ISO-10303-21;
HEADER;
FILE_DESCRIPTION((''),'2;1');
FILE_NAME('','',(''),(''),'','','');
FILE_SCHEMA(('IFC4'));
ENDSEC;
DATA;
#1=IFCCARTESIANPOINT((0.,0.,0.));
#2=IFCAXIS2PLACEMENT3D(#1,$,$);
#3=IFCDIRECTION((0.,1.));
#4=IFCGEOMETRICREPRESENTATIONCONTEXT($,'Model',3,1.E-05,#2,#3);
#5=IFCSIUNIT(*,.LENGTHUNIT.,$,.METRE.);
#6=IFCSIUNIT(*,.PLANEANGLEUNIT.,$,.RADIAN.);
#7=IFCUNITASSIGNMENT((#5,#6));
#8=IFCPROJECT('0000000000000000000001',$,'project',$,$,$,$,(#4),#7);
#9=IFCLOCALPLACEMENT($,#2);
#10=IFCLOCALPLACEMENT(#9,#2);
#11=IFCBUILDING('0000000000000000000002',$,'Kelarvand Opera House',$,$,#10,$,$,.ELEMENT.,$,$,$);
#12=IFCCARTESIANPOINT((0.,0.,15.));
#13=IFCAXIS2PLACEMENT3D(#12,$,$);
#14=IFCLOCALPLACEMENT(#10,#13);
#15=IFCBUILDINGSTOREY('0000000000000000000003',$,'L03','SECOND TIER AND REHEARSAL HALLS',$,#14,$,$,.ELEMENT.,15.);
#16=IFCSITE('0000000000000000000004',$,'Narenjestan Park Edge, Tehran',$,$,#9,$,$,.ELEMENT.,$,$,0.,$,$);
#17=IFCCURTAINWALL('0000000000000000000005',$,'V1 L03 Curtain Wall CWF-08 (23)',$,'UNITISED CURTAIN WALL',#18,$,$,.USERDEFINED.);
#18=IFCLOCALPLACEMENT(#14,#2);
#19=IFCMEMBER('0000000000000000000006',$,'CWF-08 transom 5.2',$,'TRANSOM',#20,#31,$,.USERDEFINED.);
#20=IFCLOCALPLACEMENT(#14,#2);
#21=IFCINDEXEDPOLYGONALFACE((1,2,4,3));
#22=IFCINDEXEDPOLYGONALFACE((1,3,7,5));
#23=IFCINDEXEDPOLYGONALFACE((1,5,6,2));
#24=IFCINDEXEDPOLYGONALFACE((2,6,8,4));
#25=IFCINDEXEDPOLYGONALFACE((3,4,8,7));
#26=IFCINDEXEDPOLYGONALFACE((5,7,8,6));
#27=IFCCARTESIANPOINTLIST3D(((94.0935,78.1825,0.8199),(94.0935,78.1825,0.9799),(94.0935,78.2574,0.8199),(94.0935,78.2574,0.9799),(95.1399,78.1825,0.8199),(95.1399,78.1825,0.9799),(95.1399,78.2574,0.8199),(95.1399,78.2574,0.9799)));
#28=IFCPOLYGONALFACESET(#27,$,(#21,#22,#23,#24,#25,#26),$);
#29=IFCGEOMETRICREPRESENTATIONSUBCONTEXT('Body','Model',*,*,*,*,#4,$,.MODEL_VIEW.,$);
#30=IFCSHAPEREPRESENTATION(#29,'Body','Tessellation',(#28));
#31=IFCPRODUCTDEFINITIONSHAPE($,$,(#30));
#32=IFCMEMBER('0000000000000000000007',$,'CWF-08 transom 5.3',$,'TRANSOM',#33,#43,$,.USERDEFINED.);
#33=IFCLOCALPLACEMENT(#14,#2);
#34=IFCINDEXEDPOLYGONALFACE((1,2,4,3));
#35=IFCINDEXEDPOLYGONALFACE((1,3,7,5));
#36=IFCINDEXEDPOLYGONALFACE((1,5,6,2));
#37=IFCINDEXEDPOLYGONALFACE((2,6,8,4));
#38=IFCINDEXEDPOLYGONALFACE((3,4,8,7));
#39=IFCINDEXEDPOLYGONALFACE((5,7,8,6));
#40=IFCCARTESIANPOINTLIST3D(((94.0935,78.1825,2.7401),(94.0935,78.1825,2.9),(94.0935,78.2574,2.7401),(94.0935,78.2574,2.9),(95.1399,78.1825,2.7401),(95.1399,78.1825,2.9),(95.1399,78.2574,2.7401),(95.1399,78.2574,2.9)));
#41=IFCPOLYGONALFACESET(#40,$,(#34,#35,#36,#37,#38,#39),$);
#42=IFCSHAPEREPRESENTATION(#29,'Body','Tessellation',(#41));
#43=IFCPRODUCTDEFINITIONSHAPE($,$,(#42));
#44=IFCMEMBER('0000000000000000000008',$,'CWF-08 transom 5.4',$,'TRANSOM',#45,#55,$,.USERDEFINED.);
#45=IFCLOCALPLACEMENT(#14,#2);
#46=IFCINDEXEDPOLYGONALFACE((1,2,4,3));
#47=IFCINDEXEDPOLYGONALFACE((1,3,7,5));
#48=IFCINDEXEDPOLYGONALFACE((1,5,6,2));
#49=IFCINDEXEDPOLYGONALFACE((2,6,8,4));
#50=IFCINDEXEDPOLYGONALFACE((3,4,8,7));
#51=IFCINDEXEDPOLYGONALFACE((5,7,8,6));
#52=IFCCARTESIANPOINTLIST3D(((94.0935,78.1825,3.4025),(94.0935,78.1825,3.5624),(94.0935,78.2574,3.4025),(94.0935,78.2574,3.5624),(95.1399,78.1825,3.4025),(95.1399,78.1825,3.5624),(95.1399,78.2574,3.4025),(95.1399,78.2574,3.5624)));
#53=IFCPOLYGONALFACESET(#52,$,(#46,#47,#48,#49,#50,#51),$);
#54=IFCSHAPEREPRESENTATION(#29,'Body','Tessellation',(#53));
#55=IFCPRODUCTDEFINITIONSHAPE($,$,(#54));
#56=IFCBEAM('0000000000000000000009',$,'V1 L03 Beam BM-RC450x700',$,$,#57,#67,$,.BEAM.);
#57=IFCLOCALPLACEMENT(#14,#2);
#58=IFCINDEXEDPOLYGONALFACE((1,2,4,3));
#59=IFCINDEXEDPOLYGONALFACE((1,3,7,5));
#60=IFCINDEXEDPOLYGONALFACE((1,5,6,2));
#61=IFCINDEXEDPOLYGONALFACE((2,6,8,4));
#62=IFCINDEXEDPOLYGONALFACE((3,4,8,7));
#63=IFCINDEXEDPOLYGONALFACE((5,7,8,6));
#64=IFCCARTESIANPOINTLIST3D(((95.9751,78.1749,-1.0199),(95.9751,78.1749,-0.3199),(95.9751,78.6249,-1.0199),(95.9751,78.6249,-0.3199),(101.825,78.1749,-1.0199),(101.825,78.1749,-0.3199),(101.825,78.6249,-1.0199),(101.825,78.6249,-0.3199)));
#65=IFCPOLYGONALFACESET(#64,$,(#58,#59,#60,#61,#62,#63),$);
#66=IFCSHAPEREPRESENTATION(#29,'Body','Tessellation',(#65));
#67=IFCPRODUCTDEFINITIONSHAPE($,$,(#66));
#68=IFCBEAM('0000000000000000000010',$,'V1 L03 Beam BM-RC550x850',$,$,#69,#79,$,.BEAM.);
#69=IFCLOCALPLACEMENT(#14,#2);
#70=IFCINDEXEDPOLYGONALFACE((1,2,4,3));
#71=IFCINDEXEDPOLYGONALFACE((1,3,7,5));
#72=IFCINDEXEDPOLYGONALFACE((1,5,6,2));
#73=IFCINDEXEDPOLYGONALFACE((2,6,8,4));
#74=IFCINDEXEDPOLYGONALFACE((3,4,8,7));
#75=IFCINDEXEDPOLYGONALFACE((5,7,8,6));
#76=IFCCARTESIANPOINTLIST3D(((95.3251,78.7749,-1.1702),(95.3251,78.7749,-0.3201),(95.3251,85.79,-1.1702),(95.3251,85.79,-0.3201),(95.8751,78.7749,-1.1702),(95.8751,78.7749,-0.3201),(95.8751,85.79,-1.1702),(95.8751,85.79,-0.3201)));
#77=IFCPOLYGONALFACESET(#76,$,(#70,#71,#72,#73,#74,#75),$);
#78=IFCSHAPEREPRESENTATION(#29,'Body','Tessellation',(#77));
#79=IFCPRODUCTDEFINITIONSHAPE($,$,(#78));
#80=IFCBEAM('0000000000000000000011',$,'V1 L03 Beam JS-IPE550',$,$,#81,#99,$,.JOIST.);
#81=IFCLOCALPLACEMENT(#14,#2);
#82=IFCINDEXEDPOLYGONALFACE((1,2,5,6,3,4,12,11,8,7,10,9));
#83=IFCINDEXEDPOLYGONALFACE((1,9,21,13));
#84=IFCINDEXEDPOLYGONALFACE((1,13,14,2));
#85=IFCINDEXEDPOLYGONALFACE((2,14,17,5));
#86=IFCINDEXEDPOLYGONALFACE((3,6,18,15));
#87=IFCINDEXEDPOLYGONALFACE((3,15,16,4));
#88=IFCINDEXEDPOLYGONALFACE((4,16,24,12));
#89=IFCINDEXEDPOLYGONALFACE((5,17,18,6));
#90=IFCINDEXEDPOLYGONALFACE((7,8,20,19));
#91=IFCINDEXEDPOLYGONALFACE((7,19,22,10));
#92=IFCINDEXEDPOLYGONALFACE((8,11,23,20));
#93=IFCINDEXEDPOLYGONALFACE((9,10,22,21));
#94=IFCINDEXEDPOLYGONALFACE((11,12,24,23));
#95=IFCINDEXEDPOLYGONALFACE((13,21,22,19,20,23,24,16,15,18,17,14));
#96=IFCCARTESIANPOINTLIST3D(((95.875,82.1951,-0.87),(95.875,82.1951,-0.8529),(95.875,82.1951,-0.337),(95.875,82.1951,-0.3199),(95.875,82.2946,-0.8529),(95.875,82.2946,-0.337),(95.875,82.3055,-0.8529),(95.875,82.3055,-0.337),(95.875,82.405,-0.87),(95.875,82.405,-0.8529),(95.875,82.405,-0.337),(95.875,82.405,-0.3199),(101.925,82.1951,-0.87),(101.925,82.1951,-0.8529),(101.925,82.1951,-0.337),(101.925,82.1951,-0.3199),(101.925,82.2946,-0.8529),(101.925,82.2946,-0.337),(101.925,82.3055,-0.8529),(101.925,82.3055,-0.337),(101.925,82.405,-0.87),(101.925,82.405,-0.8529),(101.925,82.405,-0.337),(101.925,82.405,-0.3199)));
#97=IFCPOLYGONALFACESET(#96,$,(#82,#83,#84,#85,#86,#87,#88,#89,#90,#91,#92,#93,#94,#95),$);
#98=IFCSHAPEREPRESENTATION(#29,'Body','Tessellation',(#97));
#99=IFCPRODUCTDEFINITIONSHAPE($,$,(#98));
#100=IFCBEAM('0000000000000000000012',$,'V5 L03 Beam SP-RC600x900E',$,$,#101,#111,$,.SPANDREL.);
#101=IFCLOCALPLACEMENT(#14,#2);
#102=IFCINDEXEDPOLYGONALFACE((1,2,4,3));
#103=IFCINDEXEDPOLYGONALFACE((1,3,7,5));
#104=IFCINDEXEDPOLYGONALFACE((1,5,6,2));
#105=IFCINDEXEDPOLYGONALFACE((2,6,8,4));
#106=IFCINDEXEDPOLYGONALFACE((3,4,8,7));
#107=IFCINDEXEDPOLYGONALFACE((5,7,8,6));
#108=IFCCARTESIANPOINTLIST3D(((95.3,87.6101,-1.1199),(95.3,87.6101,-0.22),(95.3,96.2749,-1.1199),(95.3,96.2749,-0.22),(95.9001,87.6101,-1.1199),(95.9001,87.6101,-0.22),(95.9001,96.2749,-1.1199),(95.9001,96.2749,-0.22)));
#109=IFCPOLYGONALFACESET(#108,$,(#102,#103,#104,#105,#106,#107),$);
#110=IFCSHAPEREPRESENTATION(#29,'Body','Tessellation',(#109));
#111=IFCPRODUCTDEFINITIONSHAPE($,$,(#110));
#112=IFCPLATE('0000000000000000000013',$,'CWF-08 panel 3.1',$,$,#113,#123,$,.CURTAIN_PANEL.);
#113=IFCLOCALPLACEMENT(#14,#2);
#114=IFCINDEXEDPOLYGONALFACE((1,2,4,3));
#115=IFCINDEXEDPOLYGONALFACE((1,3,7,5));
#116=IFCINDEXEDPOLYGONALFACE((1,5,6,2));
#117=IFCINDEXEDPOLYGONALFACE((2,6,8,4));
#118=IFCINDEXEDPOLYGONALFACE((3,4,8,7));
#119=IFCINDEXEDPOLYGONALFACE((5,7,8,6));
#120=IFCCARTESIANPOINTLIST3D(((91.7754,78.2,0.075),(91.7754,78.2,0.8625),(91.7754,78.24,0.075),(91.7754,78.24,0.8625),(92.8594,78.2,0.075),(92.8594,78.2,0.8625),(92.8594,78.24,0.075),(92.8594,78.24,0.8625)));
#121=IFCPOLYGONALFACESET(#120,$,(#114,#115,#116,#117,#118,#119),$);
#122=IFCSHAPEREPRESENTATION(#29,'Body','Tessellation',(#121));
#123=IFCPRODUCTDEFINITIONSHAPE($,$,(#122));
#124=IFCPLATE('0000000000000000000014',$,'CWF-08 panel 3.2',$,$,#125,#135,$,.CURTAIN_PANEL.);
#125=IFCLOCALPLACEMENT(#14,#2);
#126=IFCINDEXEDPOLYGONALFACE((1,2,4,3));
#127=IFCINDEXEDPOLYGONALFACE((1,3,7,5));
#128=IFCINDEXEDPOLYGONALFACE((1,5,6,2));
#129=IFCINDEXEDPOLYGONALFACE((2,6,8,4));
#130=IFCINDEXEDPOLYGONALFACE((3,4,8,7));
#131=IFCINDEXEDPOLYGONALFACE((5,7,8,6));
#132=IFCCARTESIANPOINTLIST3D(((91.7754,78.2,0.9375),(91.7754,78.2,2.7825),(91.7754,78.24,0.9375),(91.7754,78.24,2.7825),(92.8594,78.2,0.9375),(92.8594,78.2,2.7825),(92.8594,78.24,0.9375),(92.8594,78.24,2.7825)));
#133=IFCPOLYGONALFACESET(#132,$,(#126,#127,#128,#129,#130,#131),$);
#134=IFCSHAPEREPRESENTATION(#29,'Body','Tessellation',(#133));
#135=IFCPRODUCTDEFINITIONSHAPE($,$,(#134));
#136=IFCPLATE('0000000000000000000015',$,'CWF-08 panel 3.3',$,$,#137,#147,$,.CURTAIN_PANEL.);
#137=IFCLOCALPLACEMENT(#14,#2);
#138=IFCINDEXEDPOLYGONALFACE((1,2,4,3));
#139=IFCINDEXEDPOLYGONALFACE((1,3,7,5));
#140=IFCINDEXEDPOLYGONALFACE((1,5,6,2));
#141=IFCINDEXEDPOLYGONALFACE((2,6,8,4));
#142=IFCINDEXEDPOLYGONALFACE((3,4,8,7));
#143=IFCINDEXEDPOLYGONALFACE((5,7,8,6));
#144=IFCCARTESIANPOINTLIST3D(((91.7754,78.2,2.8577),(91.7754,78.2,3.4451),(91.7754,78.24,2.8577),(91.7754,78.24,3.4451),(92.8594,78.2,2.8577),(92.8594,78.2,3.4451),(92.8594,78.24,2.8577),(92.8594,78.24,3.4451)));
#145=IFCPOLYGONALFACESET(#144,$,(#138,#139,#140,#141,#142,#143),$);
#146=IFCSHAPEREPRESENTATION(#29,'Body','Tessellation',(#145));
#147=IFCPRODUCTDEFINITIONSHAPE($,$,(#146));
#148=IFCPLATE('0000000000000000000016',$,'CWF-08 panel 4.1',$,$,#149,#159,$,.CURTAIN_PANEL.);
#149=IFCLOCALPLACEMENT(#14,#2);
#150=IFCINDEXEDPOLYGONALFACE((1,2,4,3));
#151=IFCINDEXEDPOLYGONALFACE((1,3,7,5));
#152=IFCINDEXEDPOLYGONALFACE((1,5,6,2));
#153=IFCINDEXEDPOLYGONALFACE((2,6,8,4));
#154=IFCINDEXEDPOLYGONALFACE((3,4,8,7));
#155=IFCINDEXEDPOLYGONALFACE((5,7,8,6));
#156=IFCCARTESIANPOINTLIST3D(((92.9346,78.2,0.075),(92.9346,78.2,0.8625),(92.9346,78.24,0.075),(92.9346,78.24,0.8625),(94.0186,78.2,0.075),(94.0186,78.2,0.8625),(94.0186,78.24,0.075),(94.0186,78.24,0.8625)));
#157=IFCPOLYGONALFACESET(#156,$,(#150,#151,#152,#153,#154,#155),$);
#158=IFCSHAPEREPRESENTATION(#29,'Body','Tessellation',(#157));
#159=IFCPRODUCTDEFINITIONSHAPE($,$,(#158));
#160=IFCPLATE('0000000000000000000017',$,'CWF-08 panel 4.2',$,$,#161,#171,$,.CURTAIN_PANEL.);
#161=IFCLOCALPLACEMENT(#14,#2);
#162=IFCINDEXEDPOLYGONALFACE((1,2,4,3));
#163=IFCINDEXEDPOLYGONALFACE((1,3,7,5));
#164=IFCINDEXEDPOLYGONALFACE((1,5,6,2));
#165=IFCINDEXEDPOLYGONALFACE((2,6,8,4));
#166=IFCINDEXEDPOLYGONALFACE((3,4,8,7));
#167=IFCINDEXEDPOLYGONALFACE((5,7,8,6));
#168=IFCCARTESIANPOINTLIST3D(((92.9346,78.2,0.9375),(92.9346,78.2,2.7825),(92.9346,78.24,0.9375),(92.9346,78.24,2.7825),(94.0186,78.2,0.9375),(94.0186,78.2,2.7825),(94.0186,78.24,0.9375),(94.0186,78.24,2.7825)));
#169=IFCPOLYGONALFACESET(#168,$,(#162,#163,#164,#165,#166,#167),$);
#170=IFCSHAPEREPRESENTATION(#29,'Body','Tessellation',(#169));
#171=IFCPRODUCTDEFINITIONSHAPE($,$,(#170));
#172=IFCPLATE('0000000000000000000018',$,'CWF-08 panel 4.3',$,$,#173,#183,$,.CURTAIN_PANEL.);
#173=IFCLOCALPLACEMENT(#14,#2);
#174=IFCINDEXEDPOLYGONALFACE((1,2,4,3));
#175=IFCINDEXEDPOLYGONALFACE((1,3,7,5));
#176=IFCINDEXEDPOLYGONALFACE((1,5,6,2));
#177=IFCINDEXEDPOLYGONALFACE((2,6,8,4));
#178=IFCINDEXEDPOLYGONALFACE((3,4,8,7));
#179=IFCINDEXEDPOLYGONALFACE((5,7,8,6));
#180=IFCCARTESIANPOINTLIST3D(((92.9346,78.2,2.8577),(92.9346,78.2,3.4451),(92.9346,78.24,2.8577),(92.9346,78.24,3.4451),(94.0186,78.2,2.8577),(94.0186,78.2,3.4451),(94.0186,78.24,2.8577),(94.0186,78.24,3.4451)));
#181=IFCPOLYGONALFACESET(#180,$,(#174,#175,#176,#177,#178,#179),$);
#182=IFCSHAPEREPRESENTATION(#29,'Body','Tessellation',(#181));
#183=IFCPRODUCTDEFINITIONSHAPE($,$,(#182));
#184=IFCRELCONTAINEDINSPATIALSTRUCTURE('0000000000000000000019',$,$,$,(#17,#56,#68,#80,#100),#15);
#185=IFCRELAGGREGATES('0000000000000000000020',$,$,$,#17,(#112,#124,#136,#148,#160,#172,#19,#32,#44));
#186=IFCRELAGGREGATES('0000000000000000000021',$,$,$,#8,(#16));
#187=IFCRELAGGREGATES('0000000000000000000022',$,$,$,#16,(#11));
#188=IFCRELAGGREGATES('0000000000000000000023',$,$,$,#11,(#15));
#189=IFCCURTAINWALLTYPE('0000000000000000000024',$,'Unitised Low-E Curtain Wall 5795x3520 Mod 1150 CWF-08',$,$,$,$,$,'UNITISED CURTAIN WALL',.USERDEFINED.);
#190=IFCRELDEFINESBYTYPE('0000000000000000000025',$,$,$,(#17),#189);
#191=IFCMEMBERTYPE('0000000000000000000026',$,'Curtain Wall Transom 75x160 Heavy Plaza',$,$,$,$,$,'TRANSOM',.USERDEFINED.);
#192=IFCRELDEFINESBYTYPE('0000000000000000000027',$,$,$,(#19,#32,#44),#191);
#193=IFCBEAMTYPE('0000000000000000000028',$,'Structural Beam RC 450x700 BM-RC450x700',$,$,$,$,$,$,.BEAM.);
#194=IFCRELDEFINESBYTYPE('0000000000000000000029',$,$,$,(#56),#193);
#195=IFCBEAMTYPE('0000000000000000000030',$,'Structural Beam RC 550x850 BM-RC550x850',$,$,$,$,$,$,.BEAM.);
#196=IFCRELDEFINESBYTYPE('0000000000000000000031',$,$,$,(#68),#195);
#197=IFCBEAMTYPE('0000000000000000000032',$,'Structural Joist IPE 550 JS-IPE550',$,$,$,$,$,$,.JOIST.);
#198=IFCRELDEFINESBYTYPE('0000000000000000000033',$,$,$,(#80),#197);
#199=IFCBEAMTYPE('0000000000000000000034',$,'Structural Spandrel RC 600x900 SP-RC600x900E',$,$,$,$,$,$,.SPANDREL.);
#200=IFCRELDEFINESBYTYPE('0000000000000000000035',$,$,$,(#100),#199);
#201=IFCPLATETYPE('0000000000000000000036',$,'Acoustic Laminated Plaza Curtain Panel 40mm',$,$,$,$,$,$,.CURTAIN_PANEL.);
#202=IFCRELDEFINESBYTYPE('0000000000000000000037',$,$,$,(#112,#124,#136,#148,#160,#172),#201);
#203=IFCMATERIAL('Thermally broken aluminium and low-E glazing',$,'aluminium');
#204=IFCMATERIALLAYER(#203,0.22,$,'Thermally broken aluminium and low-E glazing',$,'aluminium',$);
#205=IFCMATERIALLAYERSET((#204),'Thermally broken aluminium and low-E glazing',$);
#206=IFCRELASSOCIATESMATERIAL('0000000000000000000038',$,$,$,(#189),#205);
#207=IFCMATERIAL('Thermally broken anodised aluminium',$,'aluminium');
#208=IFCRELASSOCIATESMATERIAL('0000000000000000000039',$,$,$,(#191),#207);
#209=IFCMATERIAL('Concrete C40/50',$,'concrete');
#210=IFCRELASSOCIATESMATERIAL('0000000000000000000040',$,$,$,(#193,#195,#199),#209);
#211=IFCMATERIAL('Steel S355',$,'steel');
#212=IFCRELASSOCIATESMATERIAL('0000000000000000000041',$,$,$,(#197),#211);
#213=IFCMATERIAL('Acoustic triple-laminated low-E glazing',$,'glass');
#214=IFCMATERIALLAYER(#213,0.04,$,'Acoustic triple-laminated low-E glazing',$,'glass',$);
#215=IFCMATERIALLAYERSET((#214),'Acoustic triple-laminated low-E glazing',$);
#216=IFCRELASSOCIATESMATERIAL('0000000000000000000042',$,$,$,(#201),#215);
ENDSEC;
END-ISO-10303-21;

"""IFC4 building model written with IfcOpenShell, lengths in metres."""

from ifc_helpers import new_model, si_unit, direction, frame, origin, origin_2d, place, context, subcontext, project, spatial, rectangle, i_section, extrude, material, layer, layer_set, material_profile, profile_set, type_object, element, aggregate, save


model = new_model("IFC4")

# Units and contexts
model_context = context("Model", 3, precision=1e-05, world=origin(), true_north=direction((0.0, 1.0)))
body_context = subcontext(model_context, "Body", "Model", "MODEL_VIEW")
ifc_project = project(units=[si_unit("LENGTHUNIT", "METRE"), si_unit("PLANEANGLEUNIT", "RADIAN")], contexts=[model_context])

# Site, building, storey
site_placement = place(None, origin())
site = spatial("IfcSite", under=ifc_project, at=site_placement, Name="Narenjestan Park Edge, Tehran", CompositionType="ELEMENT", RefElevation=0.0)
building_placement = place(site_placement, origin())
building = spatial("IfcBuilding", under=site, at=building_placement, Name="Kelarvand Opera House", CompositionType="ELEMENT")
storey_placement = place(building_placement, frame((0.0, 0.0, 15.0)))
storey = spatial("IfcBuildingStorey", under=building, at=storey_placement, Name="L03", Description="SECOND TIER AND REHEARSAL HALLS", CompositionType="ELEMENT", Elevation=15.0)

# Shared definitions
ifc_material_1 = material(Name="Concrete C40/50", Category="concrete")

# Curtain wall, members
ifc_material_2 = material(Name="Thermally broken aluminium and low-E glazing", Category="aluminium")
ifc_layer_1 = layer(ifc_material_2, 0.22, Name="Thermally broken aluminium and low-E glazing", Category="aluminium")
ifc_layer_set_1 = layer_set([ifc_layer_1], Name="Thermally broken aluminium and low-E glazing")
curtain_wall_type = type_object("IfcCurtainWallType", Name="Unitised Low-E Curtain Wall 5795x3520 Mod 1150 CWF-08", ElementType="UNITISED CURTAIN WALL", PredefinedType="USERDEFINED", material=ifc_layer_set_1)
curtain_wall_placement = place(storey_placement, origin())
curtain_wall = element("IfcCurtainWall", 1, at=curtain_wall_placement, inside=storey, type_object=curtain_wall_type, Name="V1 L03 Curtain Wall CWF-08 (23)", ObjectType="UNITISED CURTAIN WALL", PredefinedType="USERDEFINED")
ifc_material_3 = material(Name="Thermally broken anodised aluminium", Category="aluminium")
ifc_material_profile_1 = material_profile(ifc_material_3, rectangle(XDim=0.075, YDim=0.1599, at=origin_2d()), Name="ALU TRANSOM 75x160", Category="aluminium")
ifc_profile_set_1 = profile_set([ifc_material_profile_1], Name="Thermally broken anodised aluminium")
member_type_1 = type_object("IfcMemberType", Name="Curtain Wall Transom 75x160 Heavy Plaza", ElementType="TRANSOM", PredefinedType="USERDEFINED", material=ifc_profile_set_1)
member_1_placement = place(storey_placement, frame((94.0935, 78.22, 0.8999), z_axis=(1.0, 0.0, 0.0), x_axis=(0.0, 1.0, 0.0)))
member_1 = element("IfcMember", 2, at=member_1_placement, type_object=member_type_1, Name="CWF-08 transom 5.2", ObjectType="TRANSOM", PredefinedType="USERDEFINED", context=body_context, shape_type="SweptSolid", body=[
    extrude(rectangle(XDim=0.075, YDim=0.1599, at=origin_2d()), origin(), (0.0, 0.0, 1.0), 1.0464),
])
member_2_placement = place(storey_placement, frame((94.0935, 78.22, 2.8201), z_axis=(1.0, 0.0, 0.0), x_axis=(0.0, 1.0, 0.0)))
member_2 = element("IfcMember", 3, at=member_2_placement, type_object=member_type_1, Name="CWF-08 transom 5.3", ObjectType="TRANSOM", PredefinedType="USERDEFINED", context=body_context, shape_type="SweptSolid", body=[
    extrude(rectangle(XDim=0.075, YDim=0.1599, at=origin_2d()), origin(), (0.0, 0.0, 1.0), 1.0464),
])
member_3_placement = place(storey_placement, frame((94.0935, 78.22, 3.4824), z_axis=(1.0, 0.0, 0.0), x_axis=(0.0, 1.0, 0.0)))
member_3 = element("IfcMember", 4, at=member_3_placement, type_object=member_type_1, Name="CWF-08 transom 5.4", ObjectType="TRANSOM", PredefinedType="USERDEFINED", context=body_context, shape_type="SweptSolid", body=[
    extrude(rectangle(XDim=0.075, YDim=0.1599, at=origin_2d()), origin(), (0.0, 0.0, 1.0), 1.0464),
])

# Beams
ifc_material_profile_2 = material_profile(ifc_material_1, rectangle(XDim=0.45, YDim=0.7, at=origin_2d()), Name="RC 450x700", Category="concrete")
ifc_profile_set_2 = profile_set([ifc_material_profile_2], Name="Concrete C40/50")
beam_type_1 = type_object("IfcBeamType", Name="Structural Beam RC 450x700 BM-RC450x700", PredefinedType="BEAM", material=ifc_profile_set_2)
beam_1_placement = place(storey_placement, frame((95.9751, 78.3999, -0.6699), z_axis=(1.0, 0.0, 0.0), x_axis=(0.0, 1.0, 0.0)))
element("IfcBeam", 5, at=beam_1_placement, inside=storey, type_object=beam_type_1, Name="V1 L03 Beam BM-RC450x700", PredefinedType="BEAM", context=body_context, shape_type="SweptSolid", body=[
    extrude(rectangle(XDim=0.45, YDim=0.7, at=origin_2d()), origin(), (0.0, 0.0, 1.0), 5.8499),
])
ifc_material_profile_3 = material_profile(ifc_material_1, rectangle(XDim=0.55, YDim=0.8501, at=origin_2d()), Name="RC 550x850", Category="concrete")
ifc_profile_set_3 = profile_set([ifc_material_profile_3], Name="Concrete C40/50")
beam_type_2 = type_object("IfcBeamType", Name="Structural Beam RC 550x850 BM-RC550x850", PredefinedType="BEAM", material=ifc_profile_set_3)
beam_2_placement = place(storey_placement, frame((95.6001, 78.7749, -0.7451), z_axis=(0.0, 1.0, 0.0), x_axis=(-1.0, 0.0, 0.0)))
element("IfcBeam", 6, at=beam_2_placement, inside=storey, type_object=beam_type_2, Name="V1 L03 Beam BM-RC550x850", PredefinedType="BEAM", context=body_context, shape_type="SweptSolid", body=[
    extrude(rectangle(XDim=0.55, YDim=0.8501, at=origin_2d()), origin(), (0.0, 0.0, 1.0), 7.0151),
])
ifc_material_4 = material(Name="Steel S355", Category="steel")
ifc_material_profile_4 = material_profile(ifc_material_4, i_section(OverallWidth=0.21, OverallDepth=0.55, WebThickness=0.011, FlangeThickness=0.0171, at=origin_2d()), Name="IPE 550", Category="steel")
ifc_profile_set_4 = profile_set([ifc_material_profile_4], Name="Steel S355")
beam_type_3 = type_object("IfcBeamType", Name="Structural Joist IPE 550 JS-IPE550", PredefinedType="JOIST", material=ifc_profile_set_4)
beam_3_placement = place(storey_placement, frame((95.875, 82.3, -0.595), z_axis=(1.0, 0.0, 0.0), x_axis=(0.0, 1.0, 0.0)))
element("IfcBeam", 7, at=beam_3_placement, inside=storey, type_object=beam_type_3, Name="V1 L03 Beam JS-IPE550", PredefinedType="JOIST", context=body_context, shape_type="SweptSolid", body=[
    extrude(i_section(OverallWidth=0.21, OverallDepth=0.55, WebThickness=0.011, FlangeThickness=0.0171, at=origin_2d()), origin(), (0.0, 0.0, 1.0), 6.05),
])
ifc_material_profile_5 = material_profile(ifc_material_1, rectangle(XDim=0.6001, YDim=0.8999, at=origin_2d()), Name="RC 600x900", Category="concrete")
ifc_profile_set_5 = profile_set([ifc_material_profile_5], Name="Concrete C40/50")
beam_type_4 = type_object("IfcBeamType", Name="Structural Spandrel RC 600x900 SP-RC600x900E", PredefinedType="SPANDREL", material=ifc_profile_set_5)
beam_4_placement = place(storey_placement, frame((95.6001, 87.6101, -0.6699), z_axis=(0.0, 1.0, 0.0), x_axis=(-1.0, 0.0, 0.0)))
element("IfcBeam", 8, at=beam_4_placement, inside=storey, type_object=beam_type_4, Name="V5 L03 Beam SP-RC600x900E", PredefinedType="SPANDREL", context=body_context, shape_type="SweptSolid", body=[
    extrude(rectangle(XDim=0.6001, YDim=0.8999, at=origin_2d()), origin(), (0.0, 0.0, 1.0), 8.6648),
])

# Plates
ifc_material_5 = material(Name="Acoustic triple-laminated low-E glazing", Category="glass")
ifc_layer_2 = layer(ifc_material_5, 0.04, Name="Acoustic triple-laminated low-E glazing", Category="glass")
ifc_layer_set_2 = layer_set([ifc_layer_2], Name="Acoustic triple-laminated low-E glazing")
plate_type = type_object("IfcPlateType", Name="Acoustic Laminated Plaza Curtain Panel 40mm", PredefinedType="CURTAIN_PANEL", material=ifc_layer_set_2)
plate_1_placement = place(storey_placement, frame((92.3174, 78.22, 0.075), z_axis=(0.0, 0.0, 1.0), x_axis=(1.0, 0.0, 0.0)))
plate_1 = element("IfcPlate", 9, at=plate_1_placement, type_object=plate_type, Name="CWF-08 panel 3.1", PredefinedType="CURTAIN_PANEL", context=body_context, shape_type="SweptSolid", body=[
    extrude(rectangle(XDim=1.084, YDim=0.04, at=origin_2d()), origin(), (0.0, 0.0, 1.0), 0.7876),
])
plate_2_placement = place(storey_placement, frame((92.3174, 78.22, 0.9375), z_axis=(0.0, 0.0, 1.0), x_axis=(1.0, 0.0, 0.0)))
plate_2 = element("IfcPlate", 10, at=plate_2_placement, type_object=plate_type, Name="CWF-08 panel 3.2", PredefinedType="CURTAIN_PANEL", context=body_context, shape_type="SweptSolid", body=[
    extrude(rectangle(XDim=1.084, YDim=0.04, at=origin_2d()), origin(), (0.0, 0.0, 1.0), 1.845),
])
plate_3_placement = place(storey_placement, frame((92.3174, 78.22, 2.8577), z_axis=(0.0, 0.0, 1.0), x_axis=(1.0, 0.0, 0.0)))
plate_3 = element("IfcPlate", 11, at=plate_3_placement, type_object=plate_type, Name="CWF-08 panel 3.3", PredefinedType="CURTAIN_PANEL", context=body_context, shape_type="SweptSolid", body=[
    extrude(rectangle(XDim=1.084, YDim=0.04, at=origin_2d()), origin(), (0.0, 0.0, 1.0), 0.5874),
])
plate_4_placement = place(storey_placement, frame((93.4766, 78.22, 0.075), z_axis=(0.0, 0.0, 1.0), x_axis=(1.0, 0.0, 0.0)))
plate_4 = element("IfcPlate", 12, at=plate_4_placement, type_object=plate_type, Name="CWF-08 panel 4.1", PredefinedType="CURTAIN_PANEL", context=body_context, shape_type="SweptSolid", body=[
    extrude(rectangle(XDim=1.084, YDim=0.04, at=origin_2d()), origin(), (0.0, 0.0, 1.0), 0.7876),
])
plate_5_placement = place(storey_placement, frame((93.4766, 78.22, 0.9375), z_axis=(0.0, 0.0, 1.0), x_axis=(1.0, 0.0, 0.0)))
plate_5 = element("IfcPlate", 13, at=plate_5_placement, type_object=plate_type, Name="CWF-08 panel 4.2", PredefinedType="CURTAIN_PANEL", context=body_context, shape_type="SweptSolid", body=[
    extrude(rectangle(XDim=1.084, YDim=0.04, at=origin_2d()), origin(), (0.0, 0.0, 1.0), 1.845),
])
plate_6_placement = place(storey_placement, frame((93.4766, 78.22, 2.8577), z_axis=(0.0, 0.0, 1.0), x_axis=(1.0, 0.0, 0.0)))
plate_6 = element("IfcPlate", 14, at=plate_6_placement, type_object=plate_type, Name="CWF-08 panel 4.3", PredefinedType="CURTAIN_PANEL", context=body_context, shape_type="SweptSolid", body=[
    extrude(rectangle(XDim=1.084, YDim=0.04, at=origin_2d()), origin(), (0.0, 0.0, 1.0), 0.5874),
])
aggregate(curtain_wall, [plate_1, plate_2, plate_3, plate_4, plate_5, plate_6, member_1, member_2, member_3])

save(model, "model.ifc")
